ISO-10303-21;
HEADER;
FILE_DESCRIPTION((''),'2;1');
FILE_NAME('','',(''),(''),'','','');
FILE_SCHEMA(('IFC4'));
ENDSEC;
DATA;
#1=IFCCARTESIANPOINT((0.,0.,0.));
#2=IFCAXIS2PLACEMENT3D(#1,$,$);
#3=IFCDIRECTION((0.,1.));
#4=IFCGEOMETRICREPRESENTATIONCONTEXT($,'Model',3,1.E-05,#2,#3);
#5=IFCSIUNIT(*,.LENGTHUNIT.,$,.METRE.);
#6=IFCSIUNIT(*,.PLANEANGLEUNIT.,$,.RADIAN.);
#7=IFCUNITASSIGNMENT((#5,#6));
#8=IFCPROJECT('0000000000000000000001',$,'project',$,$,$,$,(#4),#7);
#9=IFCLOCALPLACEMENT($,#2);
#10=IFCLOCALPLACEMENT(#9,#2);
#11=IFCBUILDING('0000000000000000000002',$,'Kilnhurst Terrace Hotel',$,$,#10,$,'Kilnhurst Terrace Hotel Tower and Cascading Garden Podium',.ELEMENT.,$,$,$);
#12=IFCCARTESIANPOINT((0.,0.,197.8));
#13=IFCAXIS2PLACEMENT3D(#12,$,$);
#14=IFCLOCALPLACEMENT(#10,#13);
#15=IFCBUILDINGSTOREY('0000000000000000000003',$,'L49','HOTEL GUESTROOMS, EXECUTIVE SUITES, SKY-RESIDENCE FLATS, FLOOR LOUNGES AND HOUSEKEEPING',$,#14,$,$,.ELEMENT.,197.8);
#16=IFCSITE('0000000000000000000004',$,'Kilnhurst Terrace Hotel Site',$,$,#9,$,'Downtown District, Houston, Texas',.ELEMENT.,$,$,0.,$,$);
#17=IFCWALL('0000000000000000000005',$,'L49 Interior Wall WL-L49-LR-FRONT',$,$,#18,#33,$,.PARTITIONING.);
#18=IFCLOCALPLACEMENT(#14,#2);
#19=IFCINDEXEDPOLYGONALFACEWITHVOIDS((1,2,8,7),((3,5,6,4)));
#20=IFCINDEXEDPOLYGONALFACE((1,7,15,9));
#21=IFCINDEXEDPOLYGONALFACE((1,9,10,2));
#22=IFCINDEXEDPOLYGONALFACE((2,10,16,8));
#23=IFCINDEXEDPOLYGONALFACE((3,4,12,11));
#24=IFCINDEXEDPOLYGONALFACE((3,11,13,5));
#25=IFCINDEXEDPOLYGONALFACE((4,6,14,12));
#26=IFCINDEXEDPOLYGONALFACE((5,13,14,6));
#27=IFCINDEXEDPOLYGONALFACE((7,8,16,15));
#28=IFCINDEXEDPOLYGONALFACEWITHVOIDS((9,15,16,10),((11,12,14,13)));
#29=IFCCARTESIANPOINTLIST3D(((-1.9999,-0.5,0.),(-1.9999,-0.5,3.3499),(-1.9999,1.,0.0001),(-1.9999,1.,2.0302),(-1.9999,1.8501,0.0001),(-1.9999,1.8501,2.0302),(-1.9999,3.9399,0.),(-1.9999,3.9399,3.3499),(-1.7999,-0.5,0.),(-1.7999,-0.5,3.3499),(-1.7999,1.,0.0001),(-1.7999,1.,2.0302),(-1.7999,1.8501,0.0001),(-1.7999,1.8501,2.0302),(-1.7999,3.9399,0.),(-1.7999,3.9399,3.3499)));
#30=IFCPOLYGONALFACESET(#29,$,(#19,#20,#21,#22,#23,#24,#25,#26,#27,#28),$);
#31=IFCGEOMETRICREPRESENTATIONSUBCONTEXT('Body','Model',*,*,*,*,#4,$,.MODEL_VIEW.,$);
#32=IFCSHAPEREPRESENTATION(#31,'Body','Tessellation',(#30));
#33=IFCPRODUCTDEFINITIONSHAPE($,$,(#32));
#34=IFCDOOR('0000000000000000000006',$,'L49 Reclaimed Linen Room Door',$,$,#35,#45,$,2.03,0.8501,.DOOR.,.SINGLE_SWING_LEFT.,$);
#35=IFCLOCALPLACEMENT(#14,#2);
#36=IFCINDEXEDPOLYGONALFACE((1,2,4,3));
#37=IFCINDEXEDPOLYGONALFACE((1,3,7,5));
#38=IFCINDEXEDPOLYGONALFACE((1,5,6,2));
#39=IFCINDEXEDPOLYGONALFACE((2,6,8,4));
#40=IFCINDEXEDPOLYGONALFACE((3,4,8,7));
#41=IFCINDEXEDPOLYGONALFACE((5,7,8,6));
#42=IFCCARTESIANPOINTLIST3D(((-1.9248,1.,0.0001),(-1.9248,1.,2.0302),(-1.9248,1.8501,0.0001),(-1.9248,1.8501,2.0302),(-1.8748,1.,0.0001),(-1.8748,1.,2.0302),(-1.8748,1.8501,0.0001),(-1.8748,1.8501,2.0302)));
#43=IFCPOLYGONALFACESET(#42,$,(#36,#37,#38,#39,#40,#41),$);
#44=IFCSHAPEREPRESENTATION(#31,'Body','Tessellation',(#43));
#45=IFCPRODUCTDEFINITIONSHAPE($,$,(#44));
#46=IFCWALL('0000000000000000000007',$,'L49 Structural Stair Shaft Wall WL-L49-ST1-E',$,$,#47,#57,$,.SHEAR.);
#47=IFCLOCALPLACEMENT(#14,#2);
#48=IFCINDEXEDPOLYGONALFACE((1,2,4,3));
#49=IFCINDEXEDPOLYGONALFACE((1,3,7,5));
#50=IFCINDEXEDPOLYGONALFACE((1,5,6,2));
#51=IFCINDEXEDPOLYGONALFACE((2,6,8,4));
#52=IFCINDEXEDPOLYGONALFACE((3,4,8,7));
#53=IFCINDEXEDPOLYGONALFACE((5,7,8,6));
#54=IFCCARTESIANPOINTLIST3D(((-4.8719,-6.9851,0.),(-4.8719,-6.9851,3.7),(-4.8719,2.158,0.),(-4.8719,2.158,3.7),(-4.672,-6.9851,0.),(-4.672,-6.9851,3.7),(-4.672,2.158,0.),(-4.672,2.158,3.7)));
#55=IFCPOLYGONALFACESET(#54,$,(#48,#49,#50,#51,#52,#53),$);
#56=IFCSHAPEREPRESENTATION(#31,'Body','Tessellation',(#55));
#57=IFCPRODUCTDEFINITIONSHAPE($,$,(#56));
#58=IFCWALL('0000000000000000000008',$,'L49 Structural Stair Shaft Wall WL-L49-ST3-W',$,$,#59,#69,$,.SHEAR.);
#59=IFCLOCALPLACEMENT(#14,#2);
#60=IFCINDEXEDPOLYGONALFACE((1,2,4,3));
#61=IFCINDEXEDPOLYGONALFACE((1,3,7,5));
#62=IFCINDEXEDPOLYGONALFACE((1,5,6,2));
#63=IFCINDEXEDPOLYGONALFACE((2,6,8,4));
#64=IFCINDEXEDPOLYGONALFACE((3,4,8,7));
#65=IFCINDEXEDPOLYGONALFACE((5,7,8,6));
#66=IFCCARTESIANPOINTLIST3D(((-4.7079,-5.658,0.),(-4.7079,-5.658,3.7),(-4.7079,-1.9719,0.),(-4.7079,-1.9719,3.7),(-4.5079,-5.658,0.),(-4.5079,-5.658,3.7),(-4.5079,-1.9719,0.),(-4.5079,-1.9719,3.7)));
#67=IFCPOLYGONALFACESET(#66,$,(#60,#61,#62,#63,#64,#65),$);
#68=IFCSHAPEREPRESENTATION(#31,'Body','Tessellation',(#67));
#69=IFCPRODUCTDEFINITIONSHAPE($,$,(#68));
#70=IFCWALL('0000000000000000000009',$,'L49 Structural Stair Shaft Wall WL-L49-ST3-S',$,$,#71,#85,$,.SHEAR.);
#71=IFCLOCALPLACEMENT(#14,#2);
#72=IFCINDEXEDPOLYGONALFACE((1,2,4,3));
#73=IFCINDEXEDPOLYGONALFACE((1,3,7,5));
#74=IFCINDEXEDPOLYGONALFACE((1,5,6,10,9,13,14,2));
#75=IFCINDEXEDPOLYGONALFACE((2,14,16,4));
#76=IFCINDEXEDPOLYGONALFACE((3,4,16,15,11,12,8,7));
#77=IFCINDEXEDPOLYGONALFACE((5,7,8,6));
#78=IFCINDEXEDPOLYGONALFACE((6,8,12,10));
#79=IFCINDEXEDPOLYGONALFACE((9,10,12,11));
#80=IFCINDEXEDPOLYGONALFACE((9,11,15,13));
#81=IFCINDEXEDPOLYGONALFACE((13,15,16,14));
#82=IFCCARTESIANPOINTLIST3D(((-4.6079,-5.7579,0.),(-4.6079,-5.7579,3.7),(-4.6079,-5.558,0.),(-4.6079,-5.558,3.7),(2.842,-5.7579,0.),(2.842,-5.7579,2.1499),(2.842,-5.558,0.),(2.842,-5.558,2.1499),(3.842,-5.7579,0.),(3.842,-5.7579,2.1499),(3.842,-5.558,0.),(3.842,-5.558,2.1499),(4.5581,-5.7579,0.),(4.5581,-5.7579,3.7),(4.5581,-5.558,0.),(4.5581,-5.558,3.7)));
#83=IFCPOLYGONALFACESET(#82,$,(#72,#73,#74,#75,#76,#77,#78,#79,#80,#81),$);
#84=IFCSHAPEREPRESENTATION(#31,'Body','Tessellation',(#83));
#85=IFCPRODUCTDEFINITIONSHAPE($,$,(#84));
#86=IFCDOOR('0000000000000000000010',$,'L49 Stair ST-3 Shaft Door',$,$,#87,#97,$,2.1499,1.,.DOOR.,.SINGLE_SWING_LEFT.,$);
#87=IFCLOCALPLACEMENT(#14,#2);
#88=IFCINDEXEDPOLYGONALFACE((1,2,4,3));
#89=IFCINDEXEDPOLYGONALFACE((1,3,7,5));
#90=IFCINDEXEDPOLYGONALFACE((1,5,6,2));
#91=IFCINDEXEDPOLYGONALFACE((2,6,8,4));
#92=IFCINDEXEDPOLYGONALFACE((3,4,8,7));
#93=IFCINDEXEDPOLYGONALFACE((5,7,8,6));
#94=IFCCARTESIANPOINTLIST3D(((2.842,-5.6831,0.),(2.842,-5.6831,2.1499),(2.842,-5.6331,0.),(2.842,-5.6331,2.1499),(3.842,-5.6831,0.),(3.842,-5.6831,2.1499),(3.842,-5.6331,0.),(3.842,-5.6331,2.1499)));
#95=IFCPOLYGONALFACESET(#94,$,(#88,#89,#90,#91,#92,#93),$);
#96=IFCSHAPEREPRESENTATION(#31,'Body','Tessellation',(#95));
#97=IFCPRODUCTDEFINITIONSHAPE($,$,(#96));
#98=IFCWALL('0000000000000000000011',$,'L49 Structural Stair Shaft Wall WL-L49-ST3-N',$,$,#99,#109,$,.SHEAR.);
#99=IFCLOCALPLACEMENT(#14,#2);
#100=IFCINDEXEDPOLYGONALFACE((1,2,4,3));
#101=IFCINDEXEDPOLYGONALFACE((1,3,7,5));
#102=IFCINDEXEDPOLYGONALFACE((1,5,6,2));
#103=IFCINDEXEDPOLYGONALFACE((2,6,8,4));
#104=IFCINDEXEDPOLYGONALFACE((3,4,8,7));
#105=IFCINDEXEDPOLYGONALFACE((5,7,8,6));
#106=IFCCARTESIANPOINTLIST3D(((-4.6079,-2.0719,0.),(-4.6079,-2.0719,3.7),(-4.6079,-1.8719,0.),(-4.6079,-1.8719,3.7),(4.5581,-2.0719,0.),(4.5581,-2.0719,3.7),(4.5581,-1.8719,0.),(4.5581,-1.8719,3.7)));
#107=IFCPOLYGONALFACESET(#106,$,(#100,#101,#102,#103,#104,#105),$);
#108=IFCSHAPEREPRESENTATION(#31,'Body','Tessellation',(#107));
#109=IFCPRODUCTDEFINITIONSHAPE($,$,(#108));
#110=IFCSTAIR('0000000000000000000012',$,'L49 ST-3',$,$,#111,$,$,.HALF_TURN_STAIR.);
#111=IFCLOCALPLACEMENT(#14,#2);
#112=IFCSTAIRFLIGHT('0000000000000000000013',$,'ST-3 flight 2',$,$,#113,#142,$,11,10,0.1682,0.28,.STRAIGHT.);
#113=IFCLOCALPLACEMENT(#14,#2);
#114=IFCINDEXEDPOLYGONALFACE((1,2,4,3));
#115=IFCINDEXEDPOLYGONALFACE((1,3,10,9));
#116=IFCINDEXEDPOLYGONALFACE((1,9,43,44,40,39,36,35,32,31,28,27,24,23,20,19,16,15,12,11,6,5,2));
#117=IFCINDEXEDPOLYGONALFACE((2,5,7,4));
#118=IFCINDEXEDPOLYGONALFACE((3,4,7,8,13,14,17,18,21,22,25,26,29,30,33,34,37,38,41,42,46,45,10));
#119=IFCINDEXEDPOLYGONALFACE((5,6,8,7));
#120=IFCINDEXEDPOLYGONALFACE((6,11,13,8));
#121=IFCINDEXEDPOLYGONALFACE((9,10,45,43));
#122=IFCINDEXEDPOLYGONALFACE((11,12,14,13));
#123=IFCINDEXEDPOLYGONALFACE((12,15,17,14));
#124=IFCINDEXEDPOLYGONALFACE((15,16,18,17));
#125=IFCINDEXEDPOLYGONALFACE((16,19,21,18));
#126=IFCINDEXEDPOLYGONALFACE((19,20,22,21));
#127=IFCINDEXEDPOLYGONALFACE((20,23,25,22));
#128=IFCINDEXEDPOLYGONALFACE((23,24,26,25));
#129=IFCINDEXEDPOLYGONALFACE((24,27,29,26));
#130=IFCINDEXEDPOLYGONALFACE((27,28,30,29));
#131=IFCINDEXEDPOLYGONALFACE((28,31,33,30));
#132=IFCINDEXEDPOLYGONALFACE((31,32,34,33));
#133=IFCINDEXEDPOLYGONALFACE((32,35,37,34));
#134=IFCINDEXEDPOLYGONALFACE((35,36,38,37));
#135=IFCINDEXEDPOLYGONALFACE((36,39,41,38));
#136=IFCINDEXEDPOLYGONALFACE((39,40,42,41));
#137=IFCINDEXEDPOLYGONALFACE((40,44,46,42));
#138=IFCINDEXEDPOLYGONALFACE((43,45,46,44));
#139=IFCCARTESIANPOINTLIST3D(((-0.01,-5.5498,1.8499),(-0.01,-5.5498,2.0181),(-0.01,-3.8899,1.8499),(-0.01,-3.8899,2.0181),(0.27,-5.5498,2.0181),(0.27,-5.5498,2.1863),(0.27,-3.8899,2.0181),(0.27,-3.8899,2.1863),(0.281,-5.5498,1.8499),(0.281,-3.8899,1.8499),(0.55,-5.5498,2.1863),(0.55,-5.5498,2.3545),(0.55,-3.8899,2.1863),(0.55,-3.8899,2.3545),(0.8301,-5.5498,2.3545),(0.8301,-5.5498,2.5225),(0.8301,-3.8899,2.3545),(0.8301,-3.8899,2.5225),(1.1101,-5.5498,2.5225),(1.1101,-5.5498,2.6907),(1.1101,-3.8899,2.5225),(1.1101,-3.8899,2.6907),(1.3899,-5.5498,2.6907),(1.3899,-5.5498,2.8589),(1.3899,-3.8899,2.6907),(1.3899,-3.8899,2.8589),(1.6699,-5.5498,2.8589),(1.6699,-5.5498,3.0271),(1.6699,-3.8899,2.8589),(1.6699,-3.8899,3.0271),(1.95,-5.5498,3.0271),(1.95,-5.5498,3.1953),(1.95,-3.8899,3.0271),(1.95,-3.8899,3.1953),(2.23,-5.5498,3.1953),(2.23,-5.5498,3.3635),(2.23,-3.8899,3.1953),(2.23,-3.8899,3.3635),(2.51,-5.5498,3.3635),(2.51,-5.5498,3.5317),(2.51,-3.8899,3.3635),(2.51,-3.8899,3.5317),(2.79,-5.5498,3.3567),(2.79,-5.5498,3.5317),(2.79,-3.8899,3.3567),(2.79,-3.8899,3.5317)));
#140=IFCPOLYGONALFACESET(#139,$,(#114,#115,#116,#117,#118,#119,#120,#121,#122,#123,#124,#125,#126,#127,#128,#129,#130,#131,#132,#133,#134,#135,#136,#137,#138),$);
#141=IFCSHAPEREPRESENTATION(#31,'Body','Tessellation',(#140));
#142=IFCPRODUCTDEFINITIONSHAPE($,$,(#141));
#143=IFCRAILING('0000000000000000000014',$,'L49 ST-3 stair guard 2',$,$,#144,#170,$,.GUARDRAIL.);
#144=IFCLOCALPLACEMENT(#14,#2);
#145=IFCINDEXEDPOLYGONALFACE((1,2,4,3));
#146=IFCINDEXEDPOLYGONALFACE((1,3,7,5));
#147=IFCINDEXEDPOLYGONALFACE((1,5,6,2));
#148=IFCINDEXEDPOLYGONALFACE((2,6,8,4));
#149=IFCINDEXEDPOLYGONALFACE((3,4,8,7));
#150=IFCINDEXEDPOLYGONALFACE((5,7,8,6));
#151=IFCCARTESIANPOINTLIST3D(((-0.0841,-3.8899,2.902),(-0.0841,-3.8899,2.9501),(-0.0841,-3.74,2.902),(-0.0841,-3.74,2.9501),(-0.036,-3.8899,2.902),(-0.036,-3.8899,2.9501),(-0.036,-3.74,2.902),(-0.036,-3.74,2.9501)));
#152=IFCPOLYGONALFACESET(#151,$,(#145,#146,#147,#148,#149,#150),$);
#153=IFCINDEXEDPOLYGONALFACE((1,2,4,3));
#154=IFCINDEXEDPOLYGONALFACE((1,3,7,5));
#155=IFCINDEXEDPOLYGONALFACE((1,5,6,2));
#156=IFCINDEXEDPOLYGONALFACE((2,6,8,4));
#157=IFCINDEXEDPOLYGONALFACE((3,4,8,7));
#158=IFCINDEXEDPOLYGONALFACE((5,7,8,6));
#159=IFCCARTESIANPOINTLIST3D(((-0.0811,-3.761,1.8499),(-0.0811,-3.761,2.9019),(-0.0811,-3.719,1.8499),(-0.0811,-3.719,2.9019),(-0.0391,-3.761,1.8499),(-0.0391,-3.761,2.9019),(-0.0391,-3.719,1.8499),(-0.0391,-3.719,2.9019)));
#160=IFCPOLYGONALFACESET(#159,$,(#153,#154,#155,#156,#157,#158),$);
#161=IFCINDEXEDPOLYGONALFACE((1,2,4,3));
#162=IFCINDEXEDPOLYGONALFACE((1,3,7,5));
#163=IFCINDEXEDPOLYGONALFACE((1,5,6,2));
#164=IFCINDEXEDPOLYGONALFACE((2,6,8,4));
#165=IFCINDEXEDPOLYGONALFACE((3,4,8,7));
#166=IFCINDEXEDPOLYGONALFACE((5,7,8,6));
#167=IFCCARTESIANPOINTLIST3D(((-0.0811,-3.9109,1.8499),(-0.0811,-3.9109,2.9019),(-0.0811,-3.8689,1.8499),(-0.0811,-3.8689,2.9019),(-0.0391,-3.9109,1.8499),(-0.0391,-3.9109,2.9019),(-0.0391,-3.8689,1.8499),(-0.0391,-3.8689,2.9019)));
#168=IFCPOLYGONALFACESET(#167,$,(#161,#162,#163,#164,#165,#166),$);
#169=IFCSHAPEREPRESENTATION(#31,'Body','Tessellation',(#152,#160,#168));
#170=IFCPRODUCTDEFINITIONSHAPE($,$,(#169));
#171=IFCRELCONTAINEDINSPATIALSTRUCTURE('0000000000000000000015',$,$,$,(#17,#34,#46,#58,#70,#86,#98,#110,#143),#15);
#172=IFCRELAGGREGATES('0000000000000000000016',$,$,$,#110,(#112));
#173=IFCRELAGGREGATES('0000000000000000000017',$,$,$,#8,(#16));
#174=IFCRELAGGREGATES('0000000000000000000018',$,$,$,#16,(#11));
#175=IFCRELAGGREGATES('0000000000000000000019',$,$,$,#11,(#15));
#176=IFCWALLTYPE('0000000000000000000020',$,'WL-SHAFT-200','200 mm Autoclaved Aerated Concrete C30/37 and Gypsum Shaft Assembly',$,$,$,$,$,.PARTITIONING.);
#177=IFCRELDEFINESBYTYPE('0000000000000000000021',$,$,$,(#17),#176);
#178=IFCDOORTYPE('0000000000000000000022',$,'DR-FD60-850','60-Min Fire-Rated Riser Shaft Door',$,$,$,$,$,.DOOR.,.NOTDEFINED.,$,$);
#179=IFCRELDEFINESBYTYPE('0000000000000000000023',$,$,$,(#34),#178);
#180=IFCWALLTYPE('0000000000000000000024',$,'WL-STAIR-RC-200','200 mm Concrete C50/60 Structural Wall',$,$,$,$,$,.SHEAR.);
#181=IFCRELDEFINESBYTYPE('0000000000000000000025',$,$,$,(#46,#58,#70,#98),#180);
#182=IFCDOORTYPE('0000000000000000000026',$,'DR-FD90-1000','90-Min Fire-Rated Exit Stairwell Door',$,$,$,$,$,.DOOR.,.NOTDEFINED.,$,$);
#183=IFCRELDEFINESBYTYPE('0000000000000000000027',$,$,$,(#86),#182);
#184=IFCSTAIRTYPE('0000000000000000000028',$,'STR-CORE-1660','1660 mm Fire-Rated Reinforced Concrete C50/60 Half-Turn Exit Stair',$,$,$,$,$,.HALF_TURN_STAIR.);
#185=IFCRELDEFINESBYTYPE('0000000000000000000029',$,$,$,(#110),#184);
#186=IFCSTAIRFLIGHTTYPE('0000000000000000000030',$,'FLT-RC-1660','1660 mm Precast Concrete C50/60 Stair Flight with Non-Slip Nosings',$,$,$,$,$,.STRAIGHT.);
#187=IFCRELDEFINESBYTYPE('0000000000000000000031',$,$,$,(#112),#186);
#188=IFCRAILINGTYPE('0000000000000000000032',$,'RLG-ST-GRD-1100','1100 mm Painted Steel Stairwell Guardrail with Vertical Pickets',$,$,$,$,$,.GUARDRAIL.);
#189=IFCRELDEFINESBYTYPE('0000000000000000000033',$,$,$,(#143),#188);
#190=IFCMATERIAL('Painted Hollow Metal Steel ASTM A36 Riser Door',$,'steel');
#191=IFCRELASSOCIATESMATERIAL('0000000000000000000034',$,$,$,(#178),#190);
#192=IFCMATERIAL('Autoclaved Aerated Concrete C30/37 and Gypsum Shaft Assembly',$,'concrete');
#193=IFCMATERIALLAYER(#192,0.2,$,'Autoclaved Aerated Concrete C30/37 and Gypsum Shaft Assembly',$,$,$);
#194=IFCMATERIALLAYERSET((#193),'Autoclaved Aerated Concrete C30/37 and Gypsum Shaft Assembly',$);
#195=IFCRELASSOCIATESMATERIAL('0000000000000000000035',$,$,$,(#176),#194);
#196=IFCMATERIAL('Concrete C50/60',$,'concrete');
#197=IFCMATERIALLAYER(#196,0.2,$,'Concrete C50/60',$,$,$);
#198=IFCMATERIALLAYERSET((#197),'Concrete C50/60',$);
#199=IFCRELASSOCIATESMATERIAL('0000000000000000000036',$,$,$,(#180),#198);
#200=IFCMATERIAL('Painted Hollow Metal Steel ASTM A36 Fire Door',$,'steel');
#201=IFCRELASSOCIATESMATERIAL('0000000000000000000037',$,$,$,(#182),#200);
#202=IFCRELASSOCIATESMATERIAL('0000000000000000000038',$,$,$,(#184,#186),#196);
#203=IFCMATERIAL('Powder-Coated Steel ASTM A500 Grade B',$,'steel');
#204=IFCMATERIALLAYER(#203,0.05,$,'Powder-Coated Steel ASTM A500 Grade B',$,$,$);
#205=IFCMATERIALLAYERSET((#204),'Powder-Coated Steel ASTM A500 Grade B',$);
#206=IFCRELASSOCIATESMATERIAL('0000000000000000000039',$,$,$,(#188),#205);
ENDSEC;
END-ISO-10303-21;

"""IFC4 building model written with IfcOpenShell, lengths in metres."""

from ifc_helpers import new_model, si_unit, direction, frame, frame_2d, origin, origin_2d, place, context, subcontext, project, spatial, polyline, rectangle, outline, extrude, material, layer, layer_set, type_object, element, fill, aggregate, save


model = new_model("IFC4")

# Units and contexts
model_context = context("Model", 3, precision=1e-05, world=origin(), true_north=direction((0.0, 1.0)))
body_context = subcontext(model_context, "Body", "Model", "MODEL_VIEW")
ifc_project = project(units=[si_unit("LENGTHUNIT", "METRE"), si_unit("PLANEANGLEUNIT", "RADIAN")], contexts=[model_context])

# Site, building, storey
site_placement = place(None, origin())
site = spatial("IfcSite", under=ifc_project, at=site_placement, Name="Kilnhurst Terrace Hotel Site", LongName="Downtown District, Houston, Texas", CompositionType="ELEMENT", RefElevation=0.0)
building_placement = place(site_placement, origin())
building = spatial("IfcBuilding", under=site, at=building_placement, Name="Kilnhurst Terrace Hotel", LongName="Kilnhurst Terrace Hotel Tower and Cascading Garden Podium", CompositionType="ELEMENT")
storey_placement = place(building_placement, frame((0.0, 0.0, 197.8)))
storey = spatial("IfcBuildingStorey", under=building, at=storey_placement, Name="L49", Description="HOTEL GUESTROOMS, EXECUTIVE SUITES, SKY-RESIDENCE FLATS, FLOOR LOUNGES AND HOUSEKEEPING", CompositionType="ELEMENT", Elevation=197.8)

# Shared definitions
ifc_material_1 = material(Name="Concrete C50/60", Category="concrete")

# Shared definitions
ifc_material_2 = material(Name="Painted Hollow Metal Steel ASTM A36 Riser Door", Category="steel")
door_type_1 = type_object("IfcDoorType", Name="DR-FD60-850", Description="60-Min Fire-Rated Riser Shaft Door", OperationType="NOTDEFINED", PredefinedType="DOOR", material=ifc_material_2)

# Wall, opening, door
ifc_material_3 = material(Name="Autoclaved Aerated Concrete C30/37 and Gypsum Shaft Assembly", Category="concrete")
ifc_layer_1 = layer(ifc_material_3, 0.2, Name="Autoclaved Aerated Concrete C30/37 and Gypsum Shaft Assembly")
ifc_layer_set_1 = layer_set([ifc_layer_1], Name="Autoclaved Aerated Concrete C30/37 and Gypsum Shaft Assembly")
wall_type_1 = type_object("IfcWallType", Name="WL-SHAFT-200", Description="200 mm Autoclaved Aerated Concrete C30/37 and Gypsum Shaft Assembly", PredefinedType="PARTITIONING", material=ifc_layer_set_1)
wall_1_placement = place(storey_placement, frame((-1.8999, -0.5, 0.0), z_axis=(0.0, 0.0, 1.0), x_axis=(0.0, 1.0, 0.0)))
wall_1 = element("IfcWall", 1, at=wall_1_placement, inside=storey, type_object=wall_type_1, Name="L49 Interior Wall WL-L49-LR-FRONT", PredefinedType="PARTITIONING", context=body_context, shape_type="SweptSolid", body=[
    extrude(rectangle(XDim=4.4399, YDim=0.2, at=frame_2d((2.22, 0.0))), origin(), (0.0, 0.0, 1.0), 3.3499),
])
opening_1_placement = place(wall_1_placement, frame((1.5, 0.0, 0.0)))
opening_1 = element("IfcOpeningElement", 2, at=opening_1_placement, cuts=wall_1, PredefinedType="OPENING", context=body_context, shape_type="SweptSolid", body=[
    extrude(rectangle(XDim=0.8501, YDim=2.03, at=frame_2d((0.425, 1.0151))), frame((0.0, 0.1099, 0.0), z_axis=(0.0, -1.0, 0.0), x_axis=(1.0, 0.0, 0.0)), (0.0, 0.0, 1.0), 0.22),
])
door_1_placement = place(opening_1_placement, origin())
door_1 = element("IfcDoor", 3, at=door_1_placement, inside=storey, type_object=door_type_1, Name="L49 Reclaimed Linen Room Door", OperationType="SINGLE_SWING_LEFT", OverallHeight=2.03, OverallWidth=0.8501, PredefinedType="DOOR", context=body_context, shape_type="SweptSolid", body=[
    extrude(rectangle(XDim=0.8501, YDim=2.03, at=frame_2d((0.425, 1.0151))), frame((0.0, 0.0249, 0.0), z_axis=(0.0, -1.0, 0.0), x_axis=(1.0, 0.0, 0.0)), (0.0, 0.0, 1.0), 0.05),
])
fill(opening_1, door_1)

# Walls
ifc_layer_2 = layer(ifc_material_1, 0.2, Name="Concrete C50/60")
ifc_layer_set_2 = layer_set([ifc_layer_2], Name="Concrete C50/60")
wall_type_2 = type_object("IfcWallType", Name="WL-STAIR-RC-200", Description="200 mm Concrete C50/60 Structural Wall", PredefinedType="SHEAR", material=ifc_layer_set_2)
wall_2_placement = place(storey_placement, frame((-4.772, -6.9851, 0.0), z_axis=(0.0, 0.0, 1.0), x_axis=(0.0, 1.0, 0.0)))
element("IfcWall", 4, at=wall_2_placement, inside=storey, type_object=wall_type_2, Name="L49 Structural Stair Shaft Wall WL-L49-ST1-E", PredefinedType="SHEAR", context=body_context, shape_type="SweptSolid", body=[
    extrude(rectangle(XDim=9.1431, YDim=0.2, at=frame_2d((4.5715, 0.0))), origin(), (0.0, 0.0, 1.0), 3.7),
])
wall_3_placement = place(storey_placement, frame((-4.6079, -5.658, 0.0), z_axis=(0.0, 0.0, 1.0), x_axis=(0.0, 1.0, 0.0)))
element("IfcWall", 5, at=wall_3_placement, inside=storey, type_object=wall_type_2, Name="L49 Structural Stair Shaft Wall WL-L49-ST3-W", PredefinedType="SHEAR", context=body_context, shape_type="SweptSolid", body=[
    extrude(rectangle(XDim=3.686, YDim=0.2, at=frame_2d((1.843, 0.0))), origin(), (0.0, 0.0, 1.0), 3.7),
])

# Wall, opening, door
wall_4_placement = place(storey_placement, frame((-4.6079, -5.658, 0.0), z_axis=(0.0, 0.0, 1.0), x_axis=(1.0, 0.0, 0.0)))
wall_4 = element("IfcWall", 6, at=wall_4_placement, inside=storey, type_object=wall_type_2, Name="L49 Structural Stair Shaft Wall WL-L49-ST3-S", PredefinedType="SHEAR", context=body_context, shape_type="SweptSolid", body=[
    extrude(rectangle(XDim=9.166, YDim=0.2, at=frame_2d((4.583, 0.0))), origin(), (0.0, 0.0, 1.0), 3.7),
])
opening_2_placement = place(wall_4_placement, frame((7.45, 0.0, 0.0)))
opening_2 = element("IfcOpeningElement", 7, at=opening_2_placement, cuts=wall_4, PredefinedType="OPENING", context=body_context, shape_type="SweptSolid", body=[
    extrude(rectangle(XDim=1.0, YDim=2.1499, at=frame_2d((0.5, 1.075))), frame((0.0, 0.1099, 0.0), z_axis=(0.0, -1.0, 0.0), x_axis=(1.0, 0.0, 0.0)), (0.0, 0.0, 1.0), 0.22),
])
ifc_material_4 = material(Name="Painted Hollow Metal Steel ASTM A36 Fire Door", Category="steel")
door_type_2 = type_object("IfcDoorType", Name="DR-FD90-1000", Description="90-Min Fire-Rated Exit Stairwell Door", OperationType="NOTDEFINED", PredefinedType="DOOR", material=ifc_material_4)
door_2_placement = place(opening_2_placement, origin())
door_2 = element("IfcDoor", 8, at=door_2_placement, inside=storey, type_object=door_type_2, Name="L49 Stair ST-3 Shaft Door", OperationType="SINGLE_SWING_LEFT", OverallHeight=2.1499, OverallWidth=1.0, PredefinedType="DOOR", context=body_context, shape_type="SweptSolid", body=[
    extrude(rectangle(XDim=1.0, YDim=2.1499, at=frame_2d((0.5, 1.075))), frame((0.0, 0.0249, 0.0), z_axis=(0.0, -1.0, 0.0), x_axis=(1.0, 0.0, 0.0)), (0.0, 0.0, 1.0), 0.05),
])
fill(opening_2, door_2)

# Wall
wall_5_placement = place(storey_placement, frame((-4.6079, -1.9719, 0.0), z_axis=(0.0, 0.0, 1.0), x_axis=(1.0, 0.0, 0.0)))
element("IfcWall", 9, at=wall_5_placement, inside=storey, type_object=wall_type_2, Name="L49 Structural Stair Shaft Wall WL-L49-ST3-N", PredefinedType="SHEAR", context=body_context, shape_type="SweptSolid", body=[
    extrude(rectangle(XDim=9.166, YDim=0.2, at=frame_2d((4.583, 0.0))), origin(), (0.0, 0.0, 1.0), 3.7),
])

# Stair, stair flight
stair_type = type_object("IfcStairType", Name="STR-CORE-1660", Description="1660 mm Fire-Rated Reinforced Concrete C50/60 Half-Turn Exit Stair", PredefinedType="HALF_TURN_STAIR", material=ifc_material_1)
stair_placement = place(storey_placement, origin())
stair = element("IfcStair", 10, at=stair_placement, inside=storey, type_object=stair_type, Name="L49 ST-3", PredefinedType="HALF_TURN_STAIR")
stair_flight_type = type_object("IfcStairFlightType", Name="FLT-RC-1660", Description="1660 mm Precast Concrete C50/60 Stair Flight with Non-Slip Nosings", PredefinedType="STRAIGHT", material=ifc_material_1)
stair_flight_placement = place(storey_placement, frame((-0.01, -4.72, 1.8499), z_axis=(0.0, 0.0, 1.0), x_axis=(1.0, 0.0, 0.0)))
stair_flight = element("IfcStairFlight", 11, at=stair_flight_placement, type_object=stair_flight_type, Name="ST-3 flight 2", NumberOfRisers=11, NumberOfTreads=10, PredefinedType="STRAIGHT", RiserHeight=0.1682, TreadLength=0.28, context=body_context, shape_type="SweptSolid", body=[
    extrude(outline(polyline([(0.0, 0.0), (0.0, 0.1682), (0.28, 0.1682), (0.28, 0.3364), (0.5601, 0.3364), (0.5601, 0.5046), (0.8401, 0.5046), (0.8401, 0.6726), (1.1201, 0.6726), (1.1201, 0.8408), (1.3999, 0.8408), (1.3999, 1.009), (1.6799, 1.009), (1.6799, 1.1772), (1.96, 1.1772), (1.96, 1.3455), (2.24, 1.3455), (2.24, 1.5137), (2.52, 1.5137), (2.52, 1.6819), (2.8, 1.6819), (2.8, 1.8501), (2.8, 1.5068), (0.291, 0.0), (0.0, 0.0)])), frame((0.0, 0.8301, 0.0), z_axis=(0.0, -1.0, 0.0), x_axis=(1.0, 0.0, 0.0)), (0.0, 0.0, 1.0), 1.6599),
])
aggregate(stair, [stair_flight])

# Railing
ifc_material_5 = material(Name="Powder-Coated Steel ASTM A500 Grade B", Category="steel")
ifc_layer_3 = layer(ifc_material_5, 0.05, Name="Powder-Coated Steel ASTM A500 Grade B")
ifc_layer_set_3 = layer_set([ifc_layer_3], Name="Powder-Coated Steel ASTM A500 Grade B")
railing_type_1 = type_object("IfcRailingType", Name="RLG-ST-GRD-1100", Description="1100 mm Painted Steel Stairwell Guardrail with Vertical Pickets", PredefinedType="GUARDRAIL", material=ifc_layer_set_3)
railing_1_placement = place(storey_placement, frame((-0.0601, -3.74, 1.8499)))
element("IfcRailing", 12, at=railing_1_placement, inside=storey, type_object=railing_type_1, Name="L49 ST-3 stair guard 2", PredefinedType="GUARDRAIL", context=body_context, shape_type="SweptSolid", body=[
    extrude(rectangle(XDim=0.0481, YDim=0.0481, at=origin_2d()), frame((0.0, 0.0, 1.0762), z_axis=(0.0, -1.0, 0.0), x_axis=(1.0, 0.0, 0.0)), (0.0, 0.0, 1.0), 0.1499),
    extrude(rectangle(XDim=0.042, YDim=0.042, at=origin_2d()), origin(), (0.0, 0.0, 1.0), 1.052),
    extrude(rectangle(XDim=0.042, YDim=0.042, at=origin_2d()), frame((0.0, -0.1499, 0.0)), (0.0, 0.0, 1.0), 1.052),
])

save(model, "model.ifc")
